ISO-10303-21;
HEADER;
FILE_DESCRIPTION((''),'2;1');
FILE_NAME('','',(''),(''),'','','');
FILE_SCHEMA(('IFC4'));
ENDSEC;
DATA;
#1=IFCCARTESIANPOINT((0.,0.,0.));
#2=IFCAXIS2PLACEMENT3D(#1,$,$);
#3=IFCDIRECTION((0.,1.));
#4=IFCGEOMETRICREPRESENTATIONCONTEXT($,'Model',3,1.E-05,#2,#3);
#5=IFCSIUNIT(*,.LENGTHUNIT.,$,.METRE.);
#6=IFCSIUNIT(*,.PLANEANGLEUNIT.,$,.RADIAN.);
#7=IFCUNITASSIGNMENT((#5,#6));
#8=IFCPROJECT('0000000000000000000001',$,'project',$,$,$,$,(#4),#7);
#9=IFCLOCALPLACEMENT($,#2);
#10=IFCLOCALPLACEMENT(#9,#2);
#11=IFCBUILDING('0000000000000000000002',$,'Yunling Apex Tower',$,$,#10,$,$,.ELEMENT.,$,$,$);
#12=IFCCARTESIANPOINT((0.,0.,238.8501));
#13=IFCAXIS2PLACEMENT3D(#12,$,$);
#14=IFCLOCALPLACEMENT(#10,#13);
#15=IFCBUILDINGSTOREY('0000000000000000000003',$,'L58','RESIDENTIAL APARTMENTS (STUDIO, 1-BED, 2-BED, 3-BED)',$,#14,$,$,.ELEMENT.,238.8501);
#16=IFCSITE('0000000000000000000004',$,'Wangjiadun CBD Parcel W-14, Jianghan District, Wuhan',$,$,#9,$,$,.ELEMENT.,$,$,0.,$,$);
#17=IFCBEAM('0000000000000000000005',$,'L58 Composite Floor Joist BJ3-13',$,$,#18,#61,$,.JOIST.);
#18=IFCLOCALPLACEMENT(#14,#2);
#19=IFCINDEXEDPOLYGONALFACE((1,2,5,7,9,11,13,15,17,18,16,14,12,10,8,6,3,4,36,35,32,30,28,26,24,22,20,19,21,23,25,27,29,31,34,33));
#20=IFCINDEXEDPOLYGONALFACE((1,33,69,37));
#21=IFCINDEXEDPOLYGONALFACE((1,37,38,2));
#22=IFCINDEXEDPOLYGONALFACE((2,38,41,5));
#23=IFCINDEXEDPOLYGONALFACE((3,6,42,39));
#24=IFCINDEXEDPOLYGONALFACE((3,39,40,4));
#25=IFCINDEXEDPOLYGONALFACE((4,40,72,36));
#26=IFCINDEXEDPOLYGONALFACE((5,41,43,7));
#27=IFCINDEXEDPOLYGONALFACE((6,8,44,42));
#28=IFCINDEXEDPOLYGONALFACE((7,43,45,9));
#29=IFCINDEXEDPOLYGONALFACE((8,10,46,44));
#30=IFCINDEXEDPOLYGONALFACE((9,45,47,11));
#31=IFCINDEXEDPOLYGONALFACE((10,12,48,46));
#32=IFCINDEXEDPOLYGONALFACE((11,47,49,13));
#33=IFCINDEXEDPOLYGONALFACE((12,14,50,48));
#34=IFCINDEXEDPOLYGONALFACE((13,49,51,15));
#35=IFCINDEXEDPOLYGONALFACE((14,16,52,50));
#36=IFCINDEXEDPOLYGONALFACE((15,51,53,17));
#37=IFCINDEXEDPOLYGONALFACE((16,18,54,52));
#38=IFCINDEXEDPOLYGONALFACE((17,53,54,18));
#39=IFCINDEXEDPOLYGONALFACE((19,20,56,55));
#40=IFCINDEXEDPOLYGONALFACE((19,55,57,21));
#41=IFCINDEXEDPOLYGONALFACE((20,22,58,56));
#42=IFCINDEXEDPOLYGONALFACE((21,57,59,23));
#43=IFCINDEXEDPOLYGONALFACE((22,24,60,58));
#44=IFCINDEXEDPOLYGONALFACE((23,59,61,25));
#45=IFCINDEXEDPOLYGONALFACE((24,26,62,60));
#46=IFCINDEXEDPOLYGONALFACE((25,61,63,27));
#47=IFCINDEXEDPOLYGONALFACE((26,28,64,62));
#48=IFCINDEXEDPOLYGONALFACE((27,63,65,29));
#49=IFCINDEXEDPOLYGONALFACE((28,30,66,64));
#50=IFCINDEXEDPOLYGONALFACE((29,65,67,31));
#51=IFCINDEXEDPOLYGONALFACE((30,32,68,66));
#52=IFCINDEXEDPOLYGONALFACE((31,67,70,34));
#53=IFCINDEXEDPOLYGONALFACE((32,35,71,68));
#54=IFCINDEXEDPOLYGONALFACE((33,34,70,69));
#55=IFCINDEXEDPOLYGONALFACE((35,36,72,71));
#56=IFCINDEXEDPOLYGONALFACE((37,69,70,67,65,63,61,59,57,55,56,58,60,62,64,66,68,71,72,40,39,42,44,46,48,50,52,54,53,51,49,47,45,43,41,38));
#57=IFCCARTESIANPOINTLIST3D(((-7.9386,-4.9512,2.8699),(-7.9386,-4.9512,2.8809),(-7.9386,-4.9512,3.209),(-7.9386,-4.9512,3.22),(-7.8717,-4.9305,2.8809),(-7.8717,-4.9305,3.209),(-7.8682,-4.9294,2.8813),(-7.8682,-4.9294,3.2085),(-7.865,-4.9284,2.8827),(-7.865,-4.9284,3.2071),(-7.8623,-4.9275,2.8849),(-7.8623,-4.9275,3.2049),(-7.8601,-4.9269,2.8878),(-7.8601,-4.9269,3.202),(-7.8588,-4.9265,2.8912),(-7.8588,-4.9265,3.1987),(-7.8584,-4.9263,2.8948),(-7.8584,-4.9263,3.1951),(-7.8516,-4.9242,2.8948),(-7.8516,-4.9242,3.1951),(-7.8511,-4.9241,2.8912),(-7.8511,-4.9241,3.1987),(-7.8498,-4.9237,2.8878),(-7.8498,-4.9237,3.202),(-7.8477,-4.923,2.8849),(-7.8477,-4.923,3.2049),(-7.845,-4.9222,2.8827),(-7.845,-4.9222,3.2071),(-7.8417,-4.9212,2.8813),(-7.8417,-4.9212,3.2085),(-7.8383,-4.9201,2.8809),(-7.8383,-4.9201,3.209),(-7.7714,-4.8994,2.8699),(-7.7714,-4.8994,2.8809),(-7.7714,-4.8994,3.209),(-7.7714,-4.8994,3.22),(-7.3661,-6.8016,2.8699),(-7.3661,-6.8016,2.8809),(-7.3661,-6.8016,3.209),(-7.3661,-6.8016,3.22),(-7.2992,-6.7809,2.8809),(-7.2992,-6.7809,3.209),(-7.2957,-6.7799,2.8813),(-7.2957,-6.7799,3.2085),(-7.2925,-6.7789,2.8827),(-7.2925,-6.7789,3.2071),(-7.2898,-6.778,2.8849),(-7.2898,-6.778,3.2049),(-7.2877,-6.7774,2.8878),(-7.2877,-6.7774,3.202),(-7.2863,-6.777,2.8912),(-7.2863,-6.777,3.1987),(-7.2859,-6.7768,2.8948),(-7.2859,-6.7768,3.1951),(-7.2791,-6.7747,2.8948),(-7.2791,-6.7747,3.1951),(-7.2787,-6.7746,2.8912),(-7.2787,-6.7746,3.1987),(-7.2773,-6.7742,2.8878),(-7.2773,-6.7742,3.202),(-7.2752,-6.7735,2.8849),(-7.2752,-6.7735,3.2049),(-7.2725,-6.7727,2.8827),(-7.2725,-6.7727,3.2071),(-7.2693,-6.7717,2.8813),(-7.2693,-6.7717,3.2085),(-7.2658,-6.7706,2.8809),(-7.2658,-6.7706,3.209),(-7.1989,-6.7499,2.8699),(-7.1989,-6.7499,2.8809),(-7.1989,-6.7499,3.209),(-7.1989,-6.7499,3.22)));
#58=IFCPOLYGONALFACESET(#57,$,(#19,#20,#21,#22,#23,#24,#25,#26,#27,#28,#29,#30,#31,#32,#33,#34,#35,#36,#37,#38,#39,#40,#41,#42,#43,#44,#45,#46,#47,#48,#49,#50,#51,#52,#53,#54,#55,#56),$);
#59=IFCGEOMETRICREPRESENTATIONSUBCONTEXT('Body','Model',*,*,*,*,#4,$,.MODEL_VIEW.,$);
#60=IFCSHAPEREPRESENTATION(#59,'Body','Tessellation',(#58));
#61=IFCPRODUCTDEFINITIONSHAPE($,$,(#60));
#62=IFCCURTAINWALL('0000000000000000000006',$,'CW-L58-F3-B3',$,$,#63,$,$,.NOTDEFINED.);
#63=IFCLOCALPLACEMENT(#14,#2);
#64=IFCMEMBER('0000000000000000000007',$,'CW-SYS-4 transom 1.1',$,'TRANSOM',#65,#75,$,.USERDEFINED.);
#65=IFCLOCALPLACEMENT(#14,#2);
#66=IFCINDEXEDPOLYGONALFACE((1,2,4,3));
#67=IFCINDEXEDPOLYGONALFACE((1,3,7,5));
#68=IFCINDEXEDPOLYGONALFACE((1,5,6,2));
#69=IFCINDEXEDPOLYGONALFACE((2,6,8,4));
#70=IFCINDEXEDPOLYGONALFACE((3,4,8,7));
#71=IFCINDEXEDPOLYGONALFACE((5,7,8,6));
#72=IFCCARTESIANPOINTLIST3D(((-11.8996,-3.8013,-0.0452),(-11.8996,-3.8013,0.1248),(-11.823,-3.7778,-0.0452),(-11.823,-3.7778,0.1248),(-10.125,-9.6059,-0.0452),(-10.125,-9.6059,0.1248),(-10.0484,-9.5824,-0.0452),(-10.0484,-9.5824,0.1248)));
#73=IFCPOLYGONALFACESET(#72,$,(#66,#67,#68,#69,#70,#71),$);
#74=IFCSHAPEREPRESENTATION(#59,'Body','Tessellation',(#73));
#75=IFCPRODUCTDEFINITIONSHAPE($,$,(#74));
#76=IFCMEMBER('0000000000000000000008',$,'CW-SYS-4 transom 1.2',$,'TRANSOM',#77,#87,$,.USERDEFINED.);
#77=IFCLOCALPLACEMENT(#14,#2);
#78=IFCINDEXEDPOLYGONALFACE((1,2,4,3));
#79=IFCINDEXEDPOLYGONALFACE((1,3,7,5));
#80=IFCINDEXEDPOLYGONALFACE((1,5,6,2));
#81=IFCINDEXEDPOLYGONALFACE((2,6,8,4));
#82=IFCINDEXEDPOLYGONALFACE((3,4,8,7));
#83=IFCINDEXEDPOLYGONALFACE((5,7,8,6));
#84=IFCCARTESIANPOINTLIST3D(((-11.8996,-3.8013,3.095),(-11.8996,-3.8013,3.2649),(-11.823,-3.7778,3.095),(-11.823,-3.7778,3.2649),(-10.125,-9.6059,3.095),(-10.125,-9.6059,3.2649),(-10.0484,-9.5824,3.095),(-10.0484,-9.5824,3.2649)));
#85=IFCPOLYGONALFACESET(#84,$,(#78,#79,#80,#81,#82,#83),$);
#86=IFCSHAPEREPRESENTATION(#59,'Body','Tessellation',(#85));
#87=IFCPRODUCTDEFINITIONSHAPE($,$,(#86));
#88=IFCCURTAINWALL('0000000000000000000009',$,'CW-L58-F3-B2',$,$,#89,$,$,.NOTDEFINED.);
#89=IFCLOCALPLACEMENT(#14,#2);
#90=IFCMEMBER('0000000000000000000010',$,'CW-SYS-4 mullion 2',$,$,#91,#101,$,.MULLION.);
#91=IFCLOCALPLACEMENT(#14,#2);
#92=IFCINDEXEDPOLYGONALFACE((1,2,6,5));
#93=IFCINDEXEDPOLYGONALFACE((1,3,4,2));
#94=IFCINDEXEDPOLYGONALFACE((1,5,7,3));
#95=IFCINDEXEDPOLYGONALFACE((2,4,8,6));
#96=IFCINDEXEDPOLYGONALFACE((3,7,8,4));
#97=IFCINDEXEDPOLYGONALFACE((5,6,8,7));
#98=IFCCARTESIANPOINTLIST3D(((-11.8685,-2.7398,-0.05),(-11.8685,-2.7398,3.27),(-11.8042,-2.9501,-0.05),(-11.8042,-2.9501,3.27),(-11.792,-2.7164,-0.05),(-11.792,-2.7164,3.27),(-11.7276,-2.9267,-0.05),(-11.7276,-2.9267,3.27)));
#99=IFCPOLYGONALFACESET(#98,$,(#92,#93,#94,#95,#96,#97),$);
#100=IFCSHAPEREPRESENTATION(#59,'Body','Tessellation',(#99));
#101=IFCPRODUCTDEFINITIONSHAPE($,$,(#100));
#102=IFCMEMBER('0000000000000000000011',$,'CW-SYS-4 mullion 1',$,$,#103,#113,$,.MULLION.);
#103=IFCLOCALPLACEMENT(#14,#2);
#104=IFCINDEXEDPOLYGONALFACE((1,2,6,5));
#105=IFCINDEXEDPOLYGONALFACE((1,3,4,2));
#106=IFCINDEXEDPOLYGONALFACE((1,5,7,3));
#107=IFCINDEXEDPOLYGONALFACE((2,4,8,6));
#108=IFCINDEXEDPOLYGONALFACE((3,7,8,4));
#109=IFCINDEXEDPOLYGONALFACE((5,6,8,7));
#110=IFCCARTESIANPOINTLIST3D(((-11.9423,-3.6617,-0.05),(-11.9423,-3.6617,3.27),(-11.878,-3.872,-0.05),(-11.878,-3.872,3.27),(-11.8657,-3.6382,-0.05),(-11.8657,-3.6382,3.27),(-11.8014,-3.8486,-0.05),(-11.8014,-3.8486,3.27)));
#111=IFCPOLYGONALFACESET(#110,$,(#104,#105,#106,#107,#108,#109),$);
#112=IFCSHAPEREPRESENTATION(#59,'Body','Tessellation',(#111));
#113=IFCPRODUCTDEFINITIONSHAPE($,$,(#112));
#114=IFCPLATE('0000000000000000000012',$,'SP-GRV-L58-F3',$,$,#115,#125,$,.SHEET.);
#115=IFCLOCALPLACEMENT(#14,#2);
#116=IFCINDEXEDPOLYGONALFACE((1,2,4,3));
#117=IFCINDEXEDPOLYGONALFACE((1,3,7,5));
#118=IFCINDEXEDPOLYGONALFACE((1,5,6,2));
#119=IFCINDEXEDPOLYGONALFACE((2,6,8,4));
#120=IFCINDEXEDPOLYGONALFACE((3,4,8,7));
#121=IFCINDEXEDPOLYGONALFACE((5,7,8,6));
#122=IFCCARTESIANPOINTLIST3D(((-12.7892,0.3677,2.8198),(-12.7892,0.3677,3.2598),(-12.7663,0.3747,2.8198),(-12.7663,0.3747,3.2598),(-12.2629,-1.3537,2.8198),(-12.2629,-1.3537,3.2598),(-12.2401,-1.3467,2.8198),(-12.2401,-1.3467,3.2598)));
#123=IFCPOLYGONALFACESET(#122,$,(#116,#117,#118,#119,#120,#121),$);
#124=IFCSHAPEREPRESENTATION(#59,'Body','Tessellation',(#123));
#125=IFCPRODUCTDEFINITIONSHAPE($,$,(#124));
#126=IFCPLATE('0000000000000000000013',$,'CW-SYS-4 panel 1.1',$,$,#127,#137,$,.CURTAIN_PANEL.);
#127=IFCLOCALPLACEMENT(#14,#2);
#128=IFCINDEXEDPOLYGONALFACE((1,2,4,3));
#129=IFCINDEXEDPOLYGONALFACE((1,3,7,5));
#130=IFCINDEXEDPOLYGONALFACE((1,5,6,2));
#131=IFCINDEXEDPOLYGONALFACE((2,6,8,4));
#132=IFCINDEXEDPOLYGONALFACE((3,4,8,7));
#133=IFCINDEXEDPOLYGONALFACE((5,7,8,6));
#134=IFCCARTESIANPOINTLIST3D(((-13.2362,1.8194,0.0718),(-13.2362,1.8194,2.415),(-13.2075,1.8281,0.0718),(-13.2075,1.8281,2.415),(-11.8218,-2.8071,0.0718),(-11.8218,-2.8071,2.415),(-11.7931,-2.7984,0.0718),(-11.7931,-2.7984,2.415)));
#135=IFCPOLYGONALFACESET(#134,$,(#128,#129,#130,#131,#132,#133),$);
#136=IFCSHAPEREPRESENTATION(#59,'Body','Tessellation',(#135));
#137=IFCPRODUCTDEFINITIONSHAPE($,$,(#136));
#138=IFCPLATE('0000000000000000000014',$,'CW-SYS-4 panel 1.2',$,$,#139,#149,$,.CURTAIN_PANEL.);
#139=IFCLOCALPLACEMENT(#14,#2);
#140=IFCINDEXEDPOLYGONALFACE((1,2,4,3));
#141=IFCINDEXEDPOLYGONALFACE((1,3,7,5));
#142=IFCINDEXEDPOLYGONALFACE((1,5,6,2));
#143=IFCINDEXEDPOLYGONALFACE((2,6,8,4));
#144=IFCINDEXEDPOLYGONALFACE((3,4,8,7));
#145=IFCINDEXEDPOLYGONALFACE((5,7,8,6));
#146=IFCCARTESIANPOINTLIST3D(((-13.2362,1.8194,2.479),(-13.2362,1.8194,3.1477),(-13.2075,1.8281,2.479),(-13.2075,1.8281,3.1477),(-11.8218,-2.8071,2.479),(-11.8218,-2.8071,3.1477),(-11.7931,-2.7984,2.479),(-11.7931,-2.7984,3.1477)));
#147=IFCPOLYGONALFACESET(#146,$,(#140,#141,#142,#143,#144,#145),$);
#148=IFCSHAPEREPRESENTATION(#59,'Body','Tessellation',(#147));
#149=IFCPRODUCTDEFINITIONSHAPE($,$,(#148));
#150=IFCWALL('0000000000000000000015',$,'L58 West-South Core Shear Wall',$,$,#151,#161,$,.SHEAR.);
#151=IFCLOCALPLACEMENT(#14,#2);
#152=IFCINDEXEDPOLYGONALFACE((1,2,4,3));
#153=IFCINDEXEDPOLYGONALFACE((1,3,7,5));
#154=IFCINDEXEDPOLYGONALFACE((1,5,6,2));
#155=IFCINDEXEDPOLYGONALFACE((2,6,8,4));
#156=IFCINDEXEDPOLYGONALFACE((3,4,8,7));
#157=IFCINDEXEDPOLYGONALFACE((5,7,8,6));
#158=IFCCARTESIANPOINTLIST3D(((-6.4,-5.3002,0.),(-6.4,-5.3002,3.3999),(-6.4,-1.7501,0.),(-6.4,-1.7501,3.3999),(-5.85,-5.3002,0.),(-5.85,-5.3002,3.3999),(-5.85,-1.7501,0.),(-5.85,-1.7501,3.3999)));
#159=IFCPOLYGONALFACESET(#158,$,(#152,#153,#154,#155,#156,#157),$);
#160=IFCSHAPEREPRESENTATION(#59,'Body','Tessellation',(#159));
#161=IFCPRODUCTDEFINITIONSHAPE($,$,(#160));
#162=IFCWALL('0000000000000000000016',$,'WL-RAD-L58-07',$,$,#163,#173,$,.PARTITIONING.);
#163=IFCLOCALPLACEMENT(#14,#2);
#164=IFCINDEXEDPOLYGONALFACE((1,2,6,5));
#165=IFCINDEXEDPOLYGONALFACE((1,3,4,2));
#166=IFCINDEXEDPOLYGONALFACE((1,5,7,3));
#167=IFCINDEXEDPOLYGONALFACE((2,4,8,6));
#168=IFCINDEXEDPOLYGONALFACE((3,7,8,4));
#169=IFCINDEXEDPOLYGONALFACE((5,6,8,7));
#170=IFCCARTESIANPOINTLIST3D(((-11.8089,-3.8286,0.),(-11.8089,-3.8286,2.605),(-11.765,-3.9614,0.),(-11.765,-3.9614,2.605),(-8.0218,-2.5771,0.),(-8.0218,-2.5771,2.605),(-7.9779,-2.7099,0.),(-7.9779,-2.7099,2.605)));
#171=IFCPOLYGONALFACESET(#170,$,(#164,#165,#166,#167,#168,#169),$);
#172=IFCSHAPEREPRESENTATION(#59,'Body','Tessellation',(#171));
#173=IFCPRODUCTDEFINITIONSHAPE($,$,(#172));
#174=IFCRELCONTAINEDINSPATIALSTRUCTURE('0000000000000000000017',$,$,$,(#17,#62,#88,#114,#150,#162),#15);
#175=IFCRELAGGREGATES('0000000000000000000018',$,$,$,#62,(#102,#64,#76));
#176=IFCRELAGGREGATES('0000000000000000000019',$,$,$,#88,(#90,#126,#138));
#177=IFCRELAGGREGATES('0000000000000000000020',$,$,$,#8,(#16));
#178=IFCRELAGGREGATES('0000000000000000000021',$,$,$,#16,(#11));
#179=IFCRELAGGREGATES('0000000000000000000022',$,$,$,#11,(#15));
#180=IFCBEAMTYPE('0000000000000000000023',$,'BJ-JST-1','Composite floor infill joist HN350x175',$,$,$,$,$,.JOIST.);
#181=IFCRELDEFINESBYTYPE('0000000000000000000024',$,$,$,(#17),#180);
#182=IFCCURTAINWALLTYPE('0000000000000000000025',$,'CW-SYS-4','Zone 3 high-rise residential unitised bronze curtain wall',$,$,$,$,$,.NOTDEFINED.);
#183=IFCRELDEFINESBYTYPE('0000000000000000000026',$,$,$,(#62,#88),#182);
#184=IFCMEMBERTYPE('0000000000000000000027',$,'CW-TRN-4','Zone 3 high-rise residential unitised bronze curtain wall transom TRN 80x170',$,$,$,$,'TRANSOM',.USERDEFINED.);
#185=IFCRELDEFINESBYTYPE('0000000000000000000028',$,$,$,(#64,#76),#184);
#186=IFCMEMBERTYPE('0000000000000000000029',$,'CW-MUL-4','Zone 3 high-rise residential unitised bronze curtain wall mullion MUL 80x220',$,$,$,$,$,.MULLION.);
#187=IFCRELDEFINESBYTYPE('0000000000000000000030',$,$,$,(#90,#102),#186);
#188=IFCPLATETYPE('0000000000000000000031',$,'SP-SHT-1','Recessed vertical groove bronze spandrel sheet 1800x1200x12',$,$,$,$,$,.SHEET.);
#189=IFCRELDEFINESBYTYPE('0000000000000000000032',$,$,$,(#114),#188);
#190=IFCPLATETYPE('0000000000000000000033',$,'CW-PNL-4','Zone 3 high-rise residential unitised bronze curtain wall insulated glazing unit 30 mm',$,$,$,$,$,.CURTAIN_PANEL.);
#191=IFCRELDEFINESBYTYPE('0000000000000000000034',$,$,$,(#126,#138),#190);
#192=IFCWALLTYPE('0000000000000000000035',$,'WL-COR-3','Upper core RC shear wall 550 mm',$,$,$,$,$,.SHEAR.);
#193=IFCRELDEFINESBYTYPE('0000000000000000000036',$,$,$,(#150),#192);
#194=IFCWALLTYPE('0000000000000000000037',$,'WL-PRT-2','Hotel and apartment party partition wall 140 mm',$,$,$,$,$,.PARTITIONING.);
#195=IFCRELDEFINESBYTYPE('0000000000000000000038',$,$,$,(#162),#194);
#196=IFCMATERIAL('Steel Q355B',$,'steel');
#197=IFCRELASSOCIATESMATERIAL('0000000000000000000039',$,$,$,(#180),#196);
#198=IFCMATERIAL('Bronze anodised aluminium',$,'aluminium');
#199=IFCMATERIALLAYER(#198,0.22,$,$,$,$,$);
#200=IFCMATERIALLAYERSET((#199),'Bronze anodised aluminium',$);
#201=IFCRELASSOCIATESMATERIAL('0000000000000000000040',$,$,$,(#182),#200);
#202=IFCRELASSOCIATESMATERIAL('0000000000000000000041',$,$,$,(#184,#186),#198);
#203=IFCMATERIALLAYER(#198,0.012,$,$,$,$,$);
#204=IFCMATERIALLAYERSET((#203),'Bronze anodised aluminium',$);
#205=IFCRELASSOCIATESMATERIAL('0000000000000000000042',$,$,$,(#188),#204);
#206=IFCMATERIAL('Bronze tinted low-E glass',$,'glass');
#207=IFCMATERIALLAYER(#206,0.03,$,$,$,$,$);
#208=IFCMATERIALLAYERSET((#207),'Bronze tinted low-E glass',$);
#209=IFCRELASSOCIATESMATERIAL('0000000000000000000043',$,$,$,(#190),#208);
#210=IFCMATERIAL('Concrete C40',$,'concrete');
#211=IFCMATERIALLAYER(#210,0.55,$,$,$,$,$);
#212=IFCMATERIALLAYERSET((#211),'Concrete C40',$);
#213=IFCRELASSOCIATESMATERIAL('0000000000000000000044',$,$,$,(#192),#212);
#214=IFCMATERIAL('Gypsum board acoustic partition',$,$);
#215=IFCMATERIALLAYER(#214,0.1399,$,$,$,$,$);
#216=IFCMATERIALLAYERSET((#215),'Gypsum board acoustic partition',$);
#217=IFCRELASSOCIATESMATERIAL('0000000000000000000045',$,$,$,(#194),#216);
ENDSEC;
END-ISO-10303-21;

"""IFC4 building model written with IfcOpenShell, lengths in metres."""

from ifc_helpers import new_model, si_unit, direction, frame, frame_2d, origin, origin_2d, place, context, subcontext, project, spatial, rectangle, i_section, extrude, source, transform, mapped, material, layer, layer_set, material_profile, profile_set, type_object, element, aggregate, save


model = new_model("IFC4")

# Units and contexts
model_context = context("Model", 3, precision=1e-05, world=origin(), true_north=direction((0.0, 1.0)))
body_context = subcontext(model_context, "Body", "Model", "MODEL_VIEW")
ifc_project = project(units=[si_unit("LENGTHUNIT", "METRE"), si_unit("PLANEANGLEUNIT", "RADIAN")], contexts=[model_context])

# Site, building, storey
site_placement = place(None, origin())
site = spatial("IfcSite", under=ifc_project, at=site_placement, Name="Wangjiadun CBD Parcel W-14, Jianghan District, Wuhan", CompositionType="ELEMENT", RefElevation=0.0)
building_placement = place(site_placement, origin())
building = spatial("IfcBuilding", under=site, at=building_placement, Name="Yunling Apex Tower", CompositionType="ELEMENT")
storey_placement = place(building_placement, frame((0.0, 0.0, 238.8501)))
storey = spatial("IfcBuildingStorey", under=building, at=storey_placement, Name="L58", Description="RESIDENTIAL APARTMENTS (STUDIO, 1-BED, 2-BED, 3-BED)", CompositionType="ELEMENT", Elevation=238.8501)

# Beam
ifc_material_1 = material(Name="Steel Q355B", Category="steel")
ifc_material_profile_1 = material_profile(ifc_material_1, i_section(OverallWidth=0.175, OverallDepth=0.3501, WebThickness=0.0071, FlangeThickness=0.011, FilletRadius=0.0139, at=origin_2d()))
ifc_profile_set_1 = profile_set([ifc_material_profile_1], Name="Steel Q355B")
beam_type_1 = type_object("IfcBeamType", Name="BJ-JST-1", Description="Composite floor infill joist HN350x175", PredefinedType="JOIST", material=ifc_profile_set_1)
shared_shape_1 = source(origin(), body_context, "Body", "SweptSolid", [
    extrude(i_section(OverallWidth=0.175, OverallDepth=0.3501, WebThickness=0.0071, FlangeThickness=0.011, FilletRadius=0.0139, at=origin_2d()), origin(), (0.0, 0.0, 1.0), 1.937),
])
beam_1_placement = place(storey_placement, frame((-7.855, -4.9253, 3.0449), z_axis=(0.295547, -0.955328, 0.0), x_axis=(0.955328, 0.295547, 0.0)))
element("IfcBeam", 1, at=beam_1_placement, inside=storey, type_object=beam_type_1, Name="L58 Composite Floor Joist BJ3-13", PredefinedType="JOIST", context=body_context, shape_type="MappedRepresentation", body=[
    mapped(shared_shape_1, transform((0.0, 0.0, 0.0), scale=1.0)),
])

# Curtain wall, members
ifc_material_2 = material(Name="Bronze anodised aluminium", Category="aluminium")
ifc_layer_1 = layer(ifc_material_2, 0.22)
ifc_layer_set_1 = layer_set([ifc_layer_1], Name="Bronze anodised aluminium")
curtain_wall_type = type_object("IfcCurtainWallType", Name="CW-SYS-4", Description="Zone 3 high-rise residential unitised bronze curtain wall", PredefinedType="NOTDEFINED", material=ifc_layer_set_1)
curtain_wall_1_placement = place(storey_placement, origin())
curtain_wall_1 = element("IfcCurtainWall", 2, at=curtain_wall_1_placement, inside=storey, type_object=curtain_wall_type, Name="CW-L58-F3-B3", PredefinedType="NOTDEFINED")
ifc_material_profile_2 = material_profile(ifc_material_2, rectangle(XDim=0.0801, YDim=0.1699, at=origin_2d()))
ifc_profile_set_2 = profile_set([ifc_material_profile_2], Name="Bronze anodised aluminium")
member_type_1 = type_object("IfcMemberType", Name="CW-TRN-4", Description="Zone 3 high-rise residential unitised bronze curtain wall transom TRN 80x170", ElementType="TRANSOM", PredefinedType="USERDEFINED", material=ifc_profile_set_2)
shared_shape_2 = source(origin(), body_context, "Body", "SweptSolid", [
    extrude(rectangle(XDim=0.0801, YDim=0.1699, at=origin_2d()), origin(), (0.0, 0.0, 1.0), 6.0698),
])
member_1_placement = place(storey_placement, frame((-11.8613, -3.7896, 0.0398), z_axis=(0.29237, -0.956305, 0.0), x_axis=(0.956305, 0.29237, 0.0)))
member_1 = element("IfcMember", 3, at=member_1_placement, type_object=member_type_1, Name="CW-SYS-4 transom 1.1", ObjectType="TRANSOM", PredefinedType="USERDEFINED", context=body_context, shape_type="MappedRepresentation", body=[
    mapped(shared_shape_2, transform((0.0, 0.0, 0.0), scale=1.0)),
])
member_2_placement = place(storey_placement, frame((-11.8613, -3.7896, 3.1799), z_axis=(0.29237, -0.956305, 0.0), x_axis=(0.956305, 0.29237, 0.0)))
member_2 = element("IfcMember", 4, at=member_2_placement, type_object=member_type_1, Name="CW-SYS-4 transom 1.2", ObjectType="TRANSOM", PredefinedType="USERDEFINED", context=body_context, shape_type="MappedRepresentation", body=[
    mapped(shared_shape_2, transform((0.0, 0.0, 0.0), scale=1.0)),
])

# Curtain wall, member
curtain_wall_2_placement = place(storey_placement, origin())
curtain_wall_2 = element("IfcCurtainWall", 5, at=curtain_wall_2_placement, inside=storey, type_object=curtain_wall_type, Name="CW-L58-F3-B2", PredefinedType="NOTDEFINED")
ifc_material_profile_3 = material_profile(ifc_material_2, rectangle(XDim=0.0801, YDim=0.22, at=origin_2d()))
ifc_profile_set_3 = profile_set([ifc_material_profile_3], Name="Bronze anodised aluminium")
member_type_2 = type_object("IfcMemberType", Name="CW-MUL-4", Description="Zone 3 high-rise residential unitised bronze curtain wall mullion MUL 80x220", PredefinedType="MULLION", material=ifc_profile_set_3)
shared_shape_3 = source(origin(), body_context, "Body", "SweptSolid", [
    extrude(rectangle(XDim=0.0801, YDim=0.22, at=origin_2d()), origin(), (0.0, 0.0, 1.0), 3.3201),
])
member_3_placement = place(storey_placement, frame((-11.7981, -2.8333, -0.05), z_axis=(0.0, 0.0, 1.0), x_axis=(0.956304, 0.292373, 0.0)))
member_3 = element("IfcMember", 6, at=member_3_placement, type_object=member_type_2, Name="CW-SYS-4 mullion 2", PredefinedType="MULLION", context=body_context, shape_type="MappedRepresentation", body=[
    mapped(shared_shape_3, transform((0.0, 0.0, 0.0), scale=1.0)),
])

# Member
member_4_placement = place(storey_placement, frame((-11.8718, -3.7551, -0.05), z_axis=(0.0, 0.0, 1.0), x_axis=(0.956305, 0.292372, 0.0)))
member_4 = element("IfcMember", 7, at=member_4_placement, type_object=member_type_2, Name="CW-SYS-4 mullion 1", PredefinedType="MULLION", context=body_context, shape_type="MappedRepresentation", body=[
    mapped(shared_shape_3, transform((0.0, 0.0, 0.0), scale=1.0)),
])
aggregate(curtain_wall_1, [member_4, member_1, member_2])

# Plates
ifc_layer_2 = layer(ifc_material_2, 0.012)
ifc_layer_set_2 = layer_set([ifc_layer_2], Name="Bronze anodised aluminium")
plate_type_1 = type_object("IfcPlateType", Name="SP-SHT-1", Description="Recessed vertical groove bronze spandrel sheet 1800x1200x12", PredefinedType="SHEET", material=ifc_layer_set_2)
shared_shape_4 = source(origin(), body_context, "Body", "SweptSolid", [
    extrude(rectangle(XDim=1.8, YDim=0.0239, at=origin_2d()), origin(), (0.0, 0.0, 1.0), 0.4399),
])
plate_1_placement = place(storey_placement, frame((-12.5146, -0.4895, 2.8198), z_axis=(0.0, 0.0, 1.0), x_axis=(0.292372, -0.956305, 0.0)))
element("IfcPlate", 8, at=plate_1_placement, inside=storey, type_object=plate_type_1, Name="SP-GRV-L58-F3", PredefinedType="SHEET", context=body_context, shape_type="MappedRepresentation", body=[
    mapped(shared_shape_4, transform((0.0, 0.0, 0.0), scale=1.0)),
])
ifc_material_3 = material(Name="Bronze tinted low-E glass", Category="glass")
ifc_layer_3 = layer(ifc_material_3, 0.03)
ifc_layer_set_3 = layer_set([ifc_layer_3], Name="Bronze tinted low-E glass")
plate_type_2 = type_object("IfcPlateType", Name="CW-PNL-4", Description="Zone 3 high-rise residential unitised bronze curtain wall insulated glazing unit 30 mm", PredefinedType="CURTAIN_PANEL", material=ifc_layer_set_3)
shared_shape_5 = source(origin(), body_context, "Body", "SweptSolid", [
    extrude(rectangle(XDim=4.8379, YDim=0.03, at=origin_2d()), origin(), (0.0, 0.0, 1.0), 2.3433),
])
plate_2_placement = place(storey_placement, frame((-12.5146, -0.4895, 0.0718), z_axis=(0.0, 0.0, 1.0), x_axis=(0.292373, -0.956304, 0.0)))
plate_2 = element("IfcPlate", 9, at=plate_2_placement, type_object=plate_type_2, Name="CW-SYS-4 panel 1.1", PredefinedType="CURTAIN_PANEL", context=body_context, shape_type="MappedRepresentation", body=[
    mapped(shared_shape_5, transform((0.0, 0.0, 0.0), scale=1.0)),
])
shared_shape_6 = source(origin(), body_context, "Body", "SweptSolid", [
    extrude(rectangle(XDim=4.8379, YDim=0.03, at=origin_2d()), origin(), (0.0, 0.0, 1.0), 0.6687),
])
plate_3_placement = place(storey_placement, frame((-12.5146, -0.4895, 2.479), z_axis=(0.0, 0.0, 1.0), x_axis=(0.292373, -0.956304, 0.0)))
plate_3 = element("IfcPlate", 10, at=plate_3_placement, type_object=plate_type_2, Name="CW-SYS-4 panel 1.2", PredefinedType="CURTAIN_PANEL", context=body_context, shape_type="MappedRepresentation", body=[
    mapped(shared_shape_6, transform((0.0, 0.0, 0.0), scale=1.0)),
])
aggregate(curtain_wall_2, [member_3, plate_2, plate_3])

# Walls
ifc_material_4 = material(Name="Concrete C40", Category="concrete")
ifc_layer_4 = layer(ifc_material_4, 0.55)
ifc_layer_set_4 = layer_set([ifc_layer_4], Name="Concrete C40")
wall_type_1 = type_object("IfcWallType", Name="WL-COR-3", Description="Upper core RC shear wall 550 mm", PredefinedType="SHEAR", material=ifc_layer_set_4)
wall_1_placement = place(storey_placement, frame((-6.125, -5.3, 0.0), z_axis=(0.0, 0.0, 1.0), x_axis=(0.0, 1.0, 0.0)))
element("IfcWall", 11, at=wall_1_placement, inside=storey, type_object=wall_type_1, Name="L58 West-South Core Shear Wall", PredefinedType="SHEAR", context=body_context, shape_type="SweptSolid", body=[
    extrude(rectangle(XDim=3.55, YDim=0.55, at=frame_2d((1.7749, 0.0))), origin(), (0.0, 0.0, 1.0), 3.3999),
])
ifc_material_5 = material(Name="Gypsum board acoustic partition")
ifc_layer_5 = layer(ifc_material_5, 0.1399)
ifc_layer_set_5 = layer_set([ifc_layer_5], Name="Gypsum board acoustic partition")
wall_type_2 = type_object("IfcWallType", Name="WL-PRT-2", Description="Hotel and apartment party partition wall 140 mm", PredefinedType="PARTITIONING", material=ifc_layer_set_5)
wall_2_placement = place(storey_placement, frame((-8.0, -2.6436, 0.0), z_axis=(0.0, 0.0, 1.0), x_axis=(-0.9495, -0.313766, 0.0)))
element("IfcWall", 12, at=wall_2_placement, inside=storey, type_object=wall_type_2, Name="WL-RAD-L58-07", PredefinedType="PARTITIONING", context=body_context, shape_type="SweptSolid", body=[
    extrude(rectangle(XDim=3.9885, YDim=0.1399, at=frame_2d((1.9941, 0.0))), origin(), (0.0, 0.0, 1.0), 2.605),
])

save(model, "model.ifc")
